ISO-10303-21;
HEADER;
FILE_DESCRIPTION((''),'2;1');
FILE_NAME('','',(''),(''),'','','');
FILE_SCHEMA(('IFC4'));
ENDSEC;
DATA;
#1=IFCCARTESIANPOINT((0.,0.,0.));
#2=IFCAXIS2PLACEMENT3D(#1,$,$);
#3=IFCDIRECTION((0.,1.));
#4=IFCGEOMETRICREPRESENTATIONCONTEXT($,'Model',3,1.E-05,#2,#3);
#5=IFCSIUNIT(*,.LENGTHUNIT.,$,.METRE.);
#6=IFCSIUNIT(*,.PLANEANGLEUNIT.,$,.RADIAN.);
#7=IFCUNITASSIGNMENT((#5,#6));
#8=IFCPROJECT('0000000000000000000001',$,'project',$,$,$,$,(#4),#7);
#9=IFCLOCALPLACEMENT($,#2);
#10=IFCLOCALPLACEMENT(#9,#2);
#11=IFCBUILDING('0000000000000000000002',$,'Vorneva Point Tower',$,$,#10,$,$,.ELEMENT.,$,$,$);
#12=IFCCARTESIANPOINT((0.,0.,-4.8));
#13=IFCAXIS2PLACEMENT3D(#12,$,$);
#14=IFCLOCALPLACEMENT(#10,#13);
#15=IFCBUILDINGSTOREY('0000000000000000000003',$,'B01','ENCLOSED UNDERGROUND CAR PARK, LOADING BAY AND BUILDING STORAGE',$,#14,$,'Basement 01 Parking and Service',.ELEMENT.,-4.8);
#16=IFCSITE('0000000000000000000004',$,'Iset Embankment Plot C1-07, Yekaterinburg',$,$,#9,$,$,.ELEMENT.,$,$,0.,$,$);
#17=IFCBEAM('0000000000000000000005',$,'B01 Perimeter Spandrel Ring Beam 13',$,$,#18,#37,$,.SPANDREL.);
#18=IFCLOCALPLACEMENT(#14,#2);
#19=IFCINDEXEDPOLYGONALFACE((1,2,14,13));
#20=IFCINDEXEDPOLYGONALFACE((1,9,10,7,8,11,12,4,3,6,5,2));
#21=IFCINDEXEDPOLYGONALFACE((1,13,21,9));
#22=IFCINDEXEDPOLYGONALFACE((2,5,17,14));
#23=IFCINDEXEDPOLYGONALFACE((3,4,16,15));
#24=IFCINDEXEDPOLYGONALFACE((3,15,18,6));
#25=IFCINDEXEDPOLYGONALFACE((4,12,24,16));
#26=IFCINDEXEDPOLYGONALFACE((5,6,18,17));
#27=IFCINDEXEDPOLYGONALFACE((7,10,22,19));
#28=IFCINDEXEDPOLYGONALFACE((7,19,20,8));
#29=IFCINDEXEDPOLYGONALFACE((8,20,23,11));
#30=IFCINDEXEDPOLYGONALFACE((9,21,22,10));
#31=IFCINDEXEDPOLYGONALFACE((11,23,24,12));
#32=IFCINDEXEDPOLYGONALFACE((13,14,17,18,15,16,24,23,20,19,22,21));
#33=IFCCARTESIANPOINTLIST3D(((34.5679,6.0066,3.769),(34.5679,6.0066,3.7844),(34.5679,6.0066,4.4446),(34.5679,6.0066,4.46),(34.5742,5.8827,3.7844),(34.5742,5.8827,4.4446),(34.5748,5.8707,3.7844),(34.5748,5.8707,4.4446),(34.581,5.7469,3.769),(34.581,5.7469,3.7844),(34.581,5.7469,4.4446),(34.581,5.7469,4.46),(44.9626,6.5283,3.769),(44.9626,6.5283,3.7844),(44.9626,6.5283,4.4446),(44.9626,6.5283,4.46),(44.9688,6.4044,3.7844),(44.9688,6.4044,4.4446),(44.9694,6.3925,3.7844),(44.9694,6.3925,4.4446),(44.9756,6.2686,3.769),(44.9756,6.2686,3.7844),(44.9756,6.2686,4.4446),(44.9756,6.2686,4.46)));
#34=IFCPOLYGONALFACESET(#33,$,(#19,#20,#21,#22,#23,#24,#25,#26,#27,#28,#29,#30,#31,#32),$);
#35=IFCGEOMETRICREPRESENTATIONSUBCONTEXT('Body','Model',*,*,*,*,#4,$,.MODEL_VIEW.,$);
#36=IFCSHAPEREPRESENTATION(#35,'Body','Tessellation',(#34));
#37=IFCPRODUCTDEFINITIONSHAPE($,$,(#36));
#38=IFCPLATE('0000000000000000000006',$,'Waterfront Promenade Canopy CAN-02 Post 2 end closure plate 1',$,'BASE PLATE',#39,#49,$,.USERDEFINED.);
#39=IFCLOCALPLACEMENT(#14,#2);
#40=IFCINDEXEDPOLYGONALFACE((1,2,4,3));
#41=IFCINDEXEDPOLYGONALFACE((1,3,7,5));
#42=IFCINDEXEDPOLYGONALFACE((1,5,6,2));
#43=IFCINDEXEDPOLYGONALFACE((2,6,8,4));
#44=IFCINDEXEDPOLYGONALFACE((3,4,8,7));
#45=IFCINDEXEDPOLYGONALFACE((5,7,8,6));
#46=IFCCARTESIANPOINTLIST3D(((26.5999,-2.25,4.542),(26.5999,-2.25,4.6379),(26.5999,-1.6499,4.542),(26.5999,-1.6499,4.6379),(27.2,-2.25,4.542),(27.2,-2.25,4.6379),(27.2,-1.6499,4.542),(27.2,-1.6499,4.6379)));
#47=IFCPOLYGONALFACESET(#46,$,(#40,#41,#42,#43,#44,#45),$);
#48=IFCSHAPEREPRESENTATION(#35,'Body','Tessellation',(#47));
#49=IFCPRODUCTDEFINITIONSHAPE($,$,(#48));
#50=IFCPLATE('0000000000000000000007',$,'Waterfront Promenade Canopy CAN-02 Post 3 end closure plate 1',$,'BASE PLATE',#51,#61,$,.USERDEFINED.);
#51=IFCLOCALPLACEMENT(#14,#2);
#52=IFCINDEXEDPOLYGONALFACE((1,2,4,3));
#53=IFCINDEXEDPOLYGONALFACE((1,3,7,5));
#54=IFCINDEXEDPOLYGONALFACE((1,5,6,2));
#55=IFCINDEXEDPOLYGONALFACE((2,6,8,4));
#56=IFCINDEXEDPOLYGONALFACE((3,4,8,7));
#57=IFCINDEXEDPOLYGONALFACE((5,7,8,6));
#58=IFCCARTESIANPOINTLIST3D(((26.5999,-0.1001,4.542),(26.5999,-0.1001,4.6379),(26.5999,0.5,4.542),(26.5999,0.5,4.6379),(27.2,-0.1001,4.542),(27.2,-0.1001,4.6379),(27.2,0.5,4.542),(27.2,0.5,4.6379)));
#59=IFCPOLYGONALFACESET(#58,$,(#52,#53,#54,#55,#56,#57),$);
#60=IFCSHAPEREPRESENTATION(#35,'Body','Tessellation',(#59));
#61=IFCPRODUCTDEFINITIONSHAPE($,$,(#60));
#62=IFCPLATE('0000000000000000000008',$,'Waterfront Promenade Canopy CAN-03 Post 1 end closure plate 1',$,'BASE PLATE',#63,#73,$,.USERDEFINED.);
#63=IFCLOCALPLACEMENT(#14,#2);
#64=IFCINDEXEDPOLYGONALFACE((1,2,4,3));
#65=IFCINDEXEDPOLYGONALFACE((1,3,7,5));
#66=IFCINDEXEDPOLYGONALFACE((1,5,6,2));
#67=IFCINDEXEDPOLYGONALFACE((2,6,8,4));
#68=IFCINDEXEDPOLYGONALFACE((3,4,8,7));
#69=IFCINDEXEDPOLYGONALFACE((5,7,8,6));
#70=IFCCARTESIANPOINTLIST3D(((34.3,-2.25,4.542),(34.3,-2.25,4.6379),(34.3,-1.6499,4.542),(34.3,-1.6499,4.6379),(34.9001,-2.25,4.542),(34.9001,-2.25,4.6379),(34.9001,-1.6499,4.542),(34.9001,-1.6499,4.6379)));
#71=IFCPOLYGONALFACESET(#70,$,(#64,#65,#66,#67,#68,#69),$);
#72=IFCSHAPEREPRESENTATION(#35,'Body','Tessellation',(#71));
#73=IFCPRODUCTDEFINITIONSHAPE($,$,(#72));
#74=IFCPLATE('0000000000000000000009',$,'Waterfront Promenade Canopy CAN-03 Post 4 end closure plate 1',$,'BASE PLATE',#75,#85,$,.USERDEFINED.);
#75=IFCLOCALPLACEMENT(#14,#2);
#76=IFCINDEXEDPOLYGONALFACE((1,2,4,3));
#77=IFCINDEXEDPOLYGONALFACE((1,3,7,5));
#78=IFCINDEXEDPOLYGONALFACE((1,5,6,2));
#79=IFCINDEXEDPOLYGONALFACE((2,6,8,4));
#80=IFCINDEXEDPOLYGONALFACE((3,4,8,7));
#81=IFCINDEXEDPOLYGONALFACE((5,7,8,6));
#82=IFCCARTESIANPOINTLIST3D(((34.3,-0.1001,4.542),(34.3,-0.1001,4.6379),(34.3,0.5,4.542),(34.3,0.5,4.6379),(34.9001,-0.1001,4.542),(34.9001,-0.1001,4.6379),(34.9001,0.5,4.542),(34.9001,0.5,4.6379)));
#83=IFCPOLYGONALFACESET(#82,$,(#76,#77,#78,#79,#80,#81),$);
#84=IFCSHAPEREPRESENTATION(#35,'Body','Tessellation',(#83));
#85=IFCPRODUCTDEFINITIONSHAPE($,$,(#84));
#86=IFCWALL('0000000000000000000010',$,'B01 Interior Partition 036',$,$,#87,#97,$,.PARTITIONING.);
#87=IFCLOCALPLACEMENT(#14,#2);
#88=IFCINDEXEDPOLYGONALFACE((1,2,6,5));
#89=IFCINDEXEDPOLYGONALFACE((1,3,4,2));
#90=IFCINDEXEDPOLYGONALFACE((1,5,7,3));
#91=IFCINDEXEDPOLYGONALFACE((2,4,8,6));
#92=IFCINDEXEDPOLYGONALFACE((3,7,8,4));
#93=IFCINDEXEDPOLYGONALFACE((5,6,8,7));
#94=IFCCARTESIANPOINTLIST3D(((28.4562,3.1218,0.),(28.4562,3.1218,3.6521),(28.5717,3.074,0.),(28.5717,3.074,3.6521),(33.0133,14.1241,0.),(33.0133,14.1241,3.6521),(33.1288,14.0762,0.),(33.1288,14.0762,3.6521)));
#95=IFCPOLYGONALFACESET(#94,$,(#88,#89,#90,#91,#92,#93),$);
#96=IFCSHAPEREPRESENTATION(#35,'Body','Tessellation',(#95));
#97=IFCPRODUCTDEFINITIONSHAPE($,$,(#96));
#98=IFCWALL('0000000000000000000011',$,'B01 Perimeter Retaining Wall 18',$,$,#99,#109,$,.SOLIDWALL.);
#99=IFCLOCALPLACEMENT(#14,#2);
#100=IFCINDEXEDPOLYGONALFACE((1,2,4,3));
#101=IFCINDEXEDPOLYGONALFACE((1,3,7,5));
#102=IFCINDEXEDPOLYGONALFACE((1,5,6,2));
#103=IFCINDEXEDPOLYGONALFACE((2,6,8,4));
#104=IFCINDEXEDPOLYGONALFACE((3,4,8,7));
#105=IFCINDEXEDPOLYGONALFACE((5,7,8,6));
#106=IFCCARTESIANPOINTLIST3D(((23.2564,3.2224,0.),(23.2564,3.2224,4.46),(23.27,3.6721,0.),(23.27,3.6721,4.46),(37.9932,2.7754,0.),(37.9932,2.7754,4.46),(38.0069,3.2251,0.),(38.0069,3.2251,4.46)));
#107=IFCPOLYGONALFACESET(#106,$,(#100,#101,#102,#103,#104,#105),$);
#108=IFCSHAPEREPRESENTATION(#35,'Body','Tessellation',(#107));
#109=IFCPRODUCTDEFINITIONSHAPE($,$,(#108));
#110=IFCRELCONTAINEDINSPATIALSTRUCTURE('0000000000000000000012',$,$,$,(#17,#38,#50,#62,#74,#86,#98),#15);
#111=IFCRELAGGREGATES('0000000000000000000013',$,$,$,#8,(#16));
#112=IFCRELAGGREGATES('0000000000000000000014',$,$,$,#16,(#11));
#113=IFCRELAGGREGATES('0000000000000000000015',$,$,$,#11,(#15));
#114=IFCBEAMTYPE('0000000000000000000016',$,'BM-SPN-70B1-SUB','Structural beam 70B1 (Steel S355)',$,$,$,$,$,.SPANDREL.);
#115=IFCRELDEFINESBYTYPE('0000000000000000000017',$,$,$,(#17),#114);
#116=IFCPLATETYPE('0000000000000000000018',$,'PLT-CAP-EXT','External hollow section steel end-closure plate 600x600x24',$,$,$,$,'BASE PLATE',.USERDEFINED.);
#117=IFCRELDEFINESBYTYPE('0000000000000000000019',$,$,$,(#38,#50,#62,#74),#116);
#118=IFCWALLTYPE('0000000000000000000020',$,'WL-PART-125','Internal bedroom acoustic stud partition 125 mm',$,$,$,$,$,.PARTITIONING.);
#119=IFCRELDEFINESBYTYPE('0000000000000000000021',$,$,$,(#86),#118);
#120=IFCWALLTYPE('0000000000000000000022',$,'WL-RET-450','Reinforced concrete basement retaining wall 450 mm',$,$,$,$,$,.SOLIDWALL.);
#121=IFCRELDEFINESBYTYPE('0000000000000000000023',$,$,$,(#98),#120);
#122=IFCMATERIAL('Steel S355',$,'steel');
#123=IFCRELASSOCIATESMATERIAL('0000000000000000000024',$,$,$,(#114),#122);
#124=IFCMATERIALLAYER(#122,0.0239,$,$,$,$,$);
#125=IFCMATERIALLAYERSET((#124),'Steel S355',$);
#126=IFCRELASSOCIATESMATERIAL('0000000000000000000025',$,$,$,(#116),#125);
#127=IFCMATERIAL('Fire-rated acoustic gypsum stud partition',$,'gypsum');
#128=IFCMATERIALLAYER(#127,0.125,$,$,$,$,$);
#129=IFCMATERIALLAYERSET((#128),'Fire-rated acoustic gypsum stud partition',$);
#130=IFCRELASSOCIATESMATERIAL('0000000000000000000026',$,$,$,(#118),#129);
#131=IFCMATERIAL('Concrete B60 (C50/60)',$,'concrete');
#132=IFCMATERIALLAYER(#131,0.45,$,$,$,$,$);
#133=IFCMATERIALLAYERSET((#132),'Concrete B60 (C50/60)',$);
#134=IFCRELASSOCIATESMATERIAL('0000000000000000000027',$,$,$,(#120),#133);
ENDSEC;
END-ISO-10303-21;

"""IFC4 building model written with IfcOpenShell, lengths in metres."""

from ifc_helpers import new_model, si_unit, direction, frame, frame_2d, origin, origin_2d, place, context, subcontext, project, spatial, rectangle, i_section, extrude, material, layer, layer_set, material_profile, profile_set, type_object, element, save


model = new_model("IFC4")

# Units and contexts
model_context = context("Model", 3, precision=1e-05, world=origin(), true_north=direction((0.0, 1.0)))
body_context = subcontext(model_context, "Body", "Model", "MODEL_VIEW")
ifc_project = project(units=[si_unit("LENGTHUNIT", "METRE"), si_unit("PLANEANGLEUNIT", "RADIAN")], contexts=[model_context])

# Site, building, storey
site_placement = place(None, origin())
site = spatial("IfcSite", under=ifc_project, at=site_placement, Name="Iset Embankment Plot C1-07, Yekaterinburg", CompositionType="ELEMENT", RefElevation=0.0)
building_placement = place(site_placement, origin())
building = spatial("IfcBuilding", under=site, at=building_placement, Name="Vorneva Point Tower", CompositionType="ELEMENT")
storey_placement = place(building_placement, frame((0.0, 0.0, -4.8)))
storey = spatial("IfcBuildingStorey", under=building, at=storey_placement, Name="B01", Description="ENCLOSED UNDERGROUND CAR PARK, LOADING BAY AND BUILDING STORAGE", LongName="Basement 01 Parking and Service", CompositionType="ELEMENT", Elevation=-4.8)

# Shared definitions
ifc_material_1 = material(Name="Concrete B60 (C50/60)", Category="concrete")

# Beam
ifc_material_2 = material(Name="Steel S355", Category="steel")
ifc_material_profile_1 = material_profile(ifc_material_2, i_section(OverallWidth=0.26, OverallDepth=0.6909, WebThickness=0.012, FlangeThickness=0.0154, at=origin_2d()), Name="70B1")
ifc_profile_set_1 = profile_set([ifc_material_profile_1], Name="Steel S355")
beam_type_1 = type_object("IfcBeamType", Name="BM-SPN-70B1-SUB", Description="Structural beam 70B1 (Steel S355)", PredefinedType="SPANDREL", material=ifc_profile_set_1)
beam_1_placement = place(storey_placement, frame((34.5745, 5.8767, 4.1145), z_axis=(0.998743, 0.050129, 0.0), x_axis=(-0.050129, 0.998743, 0.0)))
element("IfcBeam", 1, at=beam_1_placement, inside=storey, type_object=beam_type_1, Name="B01 Perimeter Spandrel Ring Beam 13", PredefinedType="SPANDREL", context=body_context, shape_type="SweptSolid", body=[
    extrude(i_section(OverallWidth=0.26, OverallDepth=0.6909, WebThickness=0.012, FlangeThickness=0.0154, at=origin_2d()), origin(), (0.0, 0.0, 1.0), 10.4077),
])

# Plates
ifc_layer_1 = layer(ifc_material_2, 0.0239)
ifc_layer_set_1 = layer_set([ifc_layer_1], Name="Steel S355")
plate_type = type_object("IfcPlateType", Name="PLT-CAP-EXT", Description="External hollow section steel end-closure plate 600x600x24", ElementType="BASE PLATE", PredefinedType="USERDEFINED", material=ifc_layer_set_1)
for number, where, z_axis, x_axis, name in (
    (2, (26.8999, -1.95, 4.542), (0.0, 0.0, 1.0), (1.0, 0.0, 0.0), "Waterfront Promenade Canopy CAN-02 Post 2 end closure plate 1"),
    (3, (26.8999, 0.2, 4.542), (0.0, 0.0, 1.0), (1.0, 0.0, 0.0), "Waterfront Promenade Canopy CAN-02 Post 3 end closure plate 1"),
    (4, (34.6001, -1.95, 4.542), (0.0, 0.0, 1.0), (1.0, 0.0, 0.0), "Waterfront Promenade Canopy CAN-03 Post 1 end closure plate 1"),
    (5, (34.6001, 0.2, 4.542), (0.0, 0.0, 1.0), (1.0, 0.0, 0.0), "Waterfront Promenade Canopy CAN-03 Post 4 end closure plate 1"),
):
    element("IfcPlate", number, at=place(storey_placement, frame(where, z_axis=z_axis, x_axis=x_axis)), inside=storey, type_object=plate_type, Name=name, ObjectType="BASE PLATE", PredefinedType="USERDEFINED", context=body_context, shape_type="SweptSolid", body=[
        extrude(rectangle(XDim=0.6001, YDim=0.6001, at=origin_2d()), origin(), (0.0, 0.0, 1.0), 0.0959),
    ])

# Walls
ifc_material_3 = material(Name="Fire-rated acoustic gypsum stud partition", Category="gypsum")
ifc_layer_2 = layer(ifc_material_3, 0.125)
ifc_layer_set_2 = layer_set([ifc_layer_2], Name="Fire-rated acoustic gypsum stud partition")
wall_type_1 = type_object("IfcWallType", Name="WL-PART-125", Description="Internal bedroom acoustic stud partition 125 mm", PredefinedType="PARTITIONING", material=ifc_layer_set_2)
wall_1_placement = place(storey_placement, frame((28.5139, 3.0979, 0.0), z_axis=(0.0, 0.0, 1.0), x_axis=(0.382674, 0.923883, 0.0)))
element("IfcWall", 6, at=wall_1_placement, inside=storey, type_object=wall_type_1, Name="B01 Interior Partition 036", PredefinedType="PARTITIONING", context=body_context, shape_type="SweptSolid", body=[
    extrude(rectangle(XDim=11.9087, YDim=0.125, at=frame_2d((5.9543, 0.0))), origin(), (0.0, 0.0, 1.0), 3.6521),
])
ifc_layer_3 = layer(ifc_material_1, 0.45)
ifc_layer_set_3 = layer_set([ifc_layer_3], Name="Concrete B60 (C50/60)")
wall_type_2 = type_object("IfcWallType", Name="WL-RET-450", Description="Reinforced concrete basement retaining wall 450 mm", PredefinedType="SOLIDWALL", material=ifc_layer_set_3)
wall_2_placement = place(storey_placement, frame((23.2632, 3.4473, 0.0), z_axis=(0.0, 0.0, 1.0), x_axis=(0.99954, -0.03032, 0.0)))
element("IfcWall", 7, at=wall_2_placement, inside=storey, type_object=wall_type_2, Name="B01 Perimeter Retaining Wall 18", PredefinedType="SOLIDWALL", context=body_context, shape_type="SweptSolid", body=[
    extrude(rectangle(XDim=14.7437, YDim=0.45, at=frame_2d((7.3718, 0.0))), origin(), (0.0, 0.0, 1.0), 4.46),
])

save(model, "model.ifc")
